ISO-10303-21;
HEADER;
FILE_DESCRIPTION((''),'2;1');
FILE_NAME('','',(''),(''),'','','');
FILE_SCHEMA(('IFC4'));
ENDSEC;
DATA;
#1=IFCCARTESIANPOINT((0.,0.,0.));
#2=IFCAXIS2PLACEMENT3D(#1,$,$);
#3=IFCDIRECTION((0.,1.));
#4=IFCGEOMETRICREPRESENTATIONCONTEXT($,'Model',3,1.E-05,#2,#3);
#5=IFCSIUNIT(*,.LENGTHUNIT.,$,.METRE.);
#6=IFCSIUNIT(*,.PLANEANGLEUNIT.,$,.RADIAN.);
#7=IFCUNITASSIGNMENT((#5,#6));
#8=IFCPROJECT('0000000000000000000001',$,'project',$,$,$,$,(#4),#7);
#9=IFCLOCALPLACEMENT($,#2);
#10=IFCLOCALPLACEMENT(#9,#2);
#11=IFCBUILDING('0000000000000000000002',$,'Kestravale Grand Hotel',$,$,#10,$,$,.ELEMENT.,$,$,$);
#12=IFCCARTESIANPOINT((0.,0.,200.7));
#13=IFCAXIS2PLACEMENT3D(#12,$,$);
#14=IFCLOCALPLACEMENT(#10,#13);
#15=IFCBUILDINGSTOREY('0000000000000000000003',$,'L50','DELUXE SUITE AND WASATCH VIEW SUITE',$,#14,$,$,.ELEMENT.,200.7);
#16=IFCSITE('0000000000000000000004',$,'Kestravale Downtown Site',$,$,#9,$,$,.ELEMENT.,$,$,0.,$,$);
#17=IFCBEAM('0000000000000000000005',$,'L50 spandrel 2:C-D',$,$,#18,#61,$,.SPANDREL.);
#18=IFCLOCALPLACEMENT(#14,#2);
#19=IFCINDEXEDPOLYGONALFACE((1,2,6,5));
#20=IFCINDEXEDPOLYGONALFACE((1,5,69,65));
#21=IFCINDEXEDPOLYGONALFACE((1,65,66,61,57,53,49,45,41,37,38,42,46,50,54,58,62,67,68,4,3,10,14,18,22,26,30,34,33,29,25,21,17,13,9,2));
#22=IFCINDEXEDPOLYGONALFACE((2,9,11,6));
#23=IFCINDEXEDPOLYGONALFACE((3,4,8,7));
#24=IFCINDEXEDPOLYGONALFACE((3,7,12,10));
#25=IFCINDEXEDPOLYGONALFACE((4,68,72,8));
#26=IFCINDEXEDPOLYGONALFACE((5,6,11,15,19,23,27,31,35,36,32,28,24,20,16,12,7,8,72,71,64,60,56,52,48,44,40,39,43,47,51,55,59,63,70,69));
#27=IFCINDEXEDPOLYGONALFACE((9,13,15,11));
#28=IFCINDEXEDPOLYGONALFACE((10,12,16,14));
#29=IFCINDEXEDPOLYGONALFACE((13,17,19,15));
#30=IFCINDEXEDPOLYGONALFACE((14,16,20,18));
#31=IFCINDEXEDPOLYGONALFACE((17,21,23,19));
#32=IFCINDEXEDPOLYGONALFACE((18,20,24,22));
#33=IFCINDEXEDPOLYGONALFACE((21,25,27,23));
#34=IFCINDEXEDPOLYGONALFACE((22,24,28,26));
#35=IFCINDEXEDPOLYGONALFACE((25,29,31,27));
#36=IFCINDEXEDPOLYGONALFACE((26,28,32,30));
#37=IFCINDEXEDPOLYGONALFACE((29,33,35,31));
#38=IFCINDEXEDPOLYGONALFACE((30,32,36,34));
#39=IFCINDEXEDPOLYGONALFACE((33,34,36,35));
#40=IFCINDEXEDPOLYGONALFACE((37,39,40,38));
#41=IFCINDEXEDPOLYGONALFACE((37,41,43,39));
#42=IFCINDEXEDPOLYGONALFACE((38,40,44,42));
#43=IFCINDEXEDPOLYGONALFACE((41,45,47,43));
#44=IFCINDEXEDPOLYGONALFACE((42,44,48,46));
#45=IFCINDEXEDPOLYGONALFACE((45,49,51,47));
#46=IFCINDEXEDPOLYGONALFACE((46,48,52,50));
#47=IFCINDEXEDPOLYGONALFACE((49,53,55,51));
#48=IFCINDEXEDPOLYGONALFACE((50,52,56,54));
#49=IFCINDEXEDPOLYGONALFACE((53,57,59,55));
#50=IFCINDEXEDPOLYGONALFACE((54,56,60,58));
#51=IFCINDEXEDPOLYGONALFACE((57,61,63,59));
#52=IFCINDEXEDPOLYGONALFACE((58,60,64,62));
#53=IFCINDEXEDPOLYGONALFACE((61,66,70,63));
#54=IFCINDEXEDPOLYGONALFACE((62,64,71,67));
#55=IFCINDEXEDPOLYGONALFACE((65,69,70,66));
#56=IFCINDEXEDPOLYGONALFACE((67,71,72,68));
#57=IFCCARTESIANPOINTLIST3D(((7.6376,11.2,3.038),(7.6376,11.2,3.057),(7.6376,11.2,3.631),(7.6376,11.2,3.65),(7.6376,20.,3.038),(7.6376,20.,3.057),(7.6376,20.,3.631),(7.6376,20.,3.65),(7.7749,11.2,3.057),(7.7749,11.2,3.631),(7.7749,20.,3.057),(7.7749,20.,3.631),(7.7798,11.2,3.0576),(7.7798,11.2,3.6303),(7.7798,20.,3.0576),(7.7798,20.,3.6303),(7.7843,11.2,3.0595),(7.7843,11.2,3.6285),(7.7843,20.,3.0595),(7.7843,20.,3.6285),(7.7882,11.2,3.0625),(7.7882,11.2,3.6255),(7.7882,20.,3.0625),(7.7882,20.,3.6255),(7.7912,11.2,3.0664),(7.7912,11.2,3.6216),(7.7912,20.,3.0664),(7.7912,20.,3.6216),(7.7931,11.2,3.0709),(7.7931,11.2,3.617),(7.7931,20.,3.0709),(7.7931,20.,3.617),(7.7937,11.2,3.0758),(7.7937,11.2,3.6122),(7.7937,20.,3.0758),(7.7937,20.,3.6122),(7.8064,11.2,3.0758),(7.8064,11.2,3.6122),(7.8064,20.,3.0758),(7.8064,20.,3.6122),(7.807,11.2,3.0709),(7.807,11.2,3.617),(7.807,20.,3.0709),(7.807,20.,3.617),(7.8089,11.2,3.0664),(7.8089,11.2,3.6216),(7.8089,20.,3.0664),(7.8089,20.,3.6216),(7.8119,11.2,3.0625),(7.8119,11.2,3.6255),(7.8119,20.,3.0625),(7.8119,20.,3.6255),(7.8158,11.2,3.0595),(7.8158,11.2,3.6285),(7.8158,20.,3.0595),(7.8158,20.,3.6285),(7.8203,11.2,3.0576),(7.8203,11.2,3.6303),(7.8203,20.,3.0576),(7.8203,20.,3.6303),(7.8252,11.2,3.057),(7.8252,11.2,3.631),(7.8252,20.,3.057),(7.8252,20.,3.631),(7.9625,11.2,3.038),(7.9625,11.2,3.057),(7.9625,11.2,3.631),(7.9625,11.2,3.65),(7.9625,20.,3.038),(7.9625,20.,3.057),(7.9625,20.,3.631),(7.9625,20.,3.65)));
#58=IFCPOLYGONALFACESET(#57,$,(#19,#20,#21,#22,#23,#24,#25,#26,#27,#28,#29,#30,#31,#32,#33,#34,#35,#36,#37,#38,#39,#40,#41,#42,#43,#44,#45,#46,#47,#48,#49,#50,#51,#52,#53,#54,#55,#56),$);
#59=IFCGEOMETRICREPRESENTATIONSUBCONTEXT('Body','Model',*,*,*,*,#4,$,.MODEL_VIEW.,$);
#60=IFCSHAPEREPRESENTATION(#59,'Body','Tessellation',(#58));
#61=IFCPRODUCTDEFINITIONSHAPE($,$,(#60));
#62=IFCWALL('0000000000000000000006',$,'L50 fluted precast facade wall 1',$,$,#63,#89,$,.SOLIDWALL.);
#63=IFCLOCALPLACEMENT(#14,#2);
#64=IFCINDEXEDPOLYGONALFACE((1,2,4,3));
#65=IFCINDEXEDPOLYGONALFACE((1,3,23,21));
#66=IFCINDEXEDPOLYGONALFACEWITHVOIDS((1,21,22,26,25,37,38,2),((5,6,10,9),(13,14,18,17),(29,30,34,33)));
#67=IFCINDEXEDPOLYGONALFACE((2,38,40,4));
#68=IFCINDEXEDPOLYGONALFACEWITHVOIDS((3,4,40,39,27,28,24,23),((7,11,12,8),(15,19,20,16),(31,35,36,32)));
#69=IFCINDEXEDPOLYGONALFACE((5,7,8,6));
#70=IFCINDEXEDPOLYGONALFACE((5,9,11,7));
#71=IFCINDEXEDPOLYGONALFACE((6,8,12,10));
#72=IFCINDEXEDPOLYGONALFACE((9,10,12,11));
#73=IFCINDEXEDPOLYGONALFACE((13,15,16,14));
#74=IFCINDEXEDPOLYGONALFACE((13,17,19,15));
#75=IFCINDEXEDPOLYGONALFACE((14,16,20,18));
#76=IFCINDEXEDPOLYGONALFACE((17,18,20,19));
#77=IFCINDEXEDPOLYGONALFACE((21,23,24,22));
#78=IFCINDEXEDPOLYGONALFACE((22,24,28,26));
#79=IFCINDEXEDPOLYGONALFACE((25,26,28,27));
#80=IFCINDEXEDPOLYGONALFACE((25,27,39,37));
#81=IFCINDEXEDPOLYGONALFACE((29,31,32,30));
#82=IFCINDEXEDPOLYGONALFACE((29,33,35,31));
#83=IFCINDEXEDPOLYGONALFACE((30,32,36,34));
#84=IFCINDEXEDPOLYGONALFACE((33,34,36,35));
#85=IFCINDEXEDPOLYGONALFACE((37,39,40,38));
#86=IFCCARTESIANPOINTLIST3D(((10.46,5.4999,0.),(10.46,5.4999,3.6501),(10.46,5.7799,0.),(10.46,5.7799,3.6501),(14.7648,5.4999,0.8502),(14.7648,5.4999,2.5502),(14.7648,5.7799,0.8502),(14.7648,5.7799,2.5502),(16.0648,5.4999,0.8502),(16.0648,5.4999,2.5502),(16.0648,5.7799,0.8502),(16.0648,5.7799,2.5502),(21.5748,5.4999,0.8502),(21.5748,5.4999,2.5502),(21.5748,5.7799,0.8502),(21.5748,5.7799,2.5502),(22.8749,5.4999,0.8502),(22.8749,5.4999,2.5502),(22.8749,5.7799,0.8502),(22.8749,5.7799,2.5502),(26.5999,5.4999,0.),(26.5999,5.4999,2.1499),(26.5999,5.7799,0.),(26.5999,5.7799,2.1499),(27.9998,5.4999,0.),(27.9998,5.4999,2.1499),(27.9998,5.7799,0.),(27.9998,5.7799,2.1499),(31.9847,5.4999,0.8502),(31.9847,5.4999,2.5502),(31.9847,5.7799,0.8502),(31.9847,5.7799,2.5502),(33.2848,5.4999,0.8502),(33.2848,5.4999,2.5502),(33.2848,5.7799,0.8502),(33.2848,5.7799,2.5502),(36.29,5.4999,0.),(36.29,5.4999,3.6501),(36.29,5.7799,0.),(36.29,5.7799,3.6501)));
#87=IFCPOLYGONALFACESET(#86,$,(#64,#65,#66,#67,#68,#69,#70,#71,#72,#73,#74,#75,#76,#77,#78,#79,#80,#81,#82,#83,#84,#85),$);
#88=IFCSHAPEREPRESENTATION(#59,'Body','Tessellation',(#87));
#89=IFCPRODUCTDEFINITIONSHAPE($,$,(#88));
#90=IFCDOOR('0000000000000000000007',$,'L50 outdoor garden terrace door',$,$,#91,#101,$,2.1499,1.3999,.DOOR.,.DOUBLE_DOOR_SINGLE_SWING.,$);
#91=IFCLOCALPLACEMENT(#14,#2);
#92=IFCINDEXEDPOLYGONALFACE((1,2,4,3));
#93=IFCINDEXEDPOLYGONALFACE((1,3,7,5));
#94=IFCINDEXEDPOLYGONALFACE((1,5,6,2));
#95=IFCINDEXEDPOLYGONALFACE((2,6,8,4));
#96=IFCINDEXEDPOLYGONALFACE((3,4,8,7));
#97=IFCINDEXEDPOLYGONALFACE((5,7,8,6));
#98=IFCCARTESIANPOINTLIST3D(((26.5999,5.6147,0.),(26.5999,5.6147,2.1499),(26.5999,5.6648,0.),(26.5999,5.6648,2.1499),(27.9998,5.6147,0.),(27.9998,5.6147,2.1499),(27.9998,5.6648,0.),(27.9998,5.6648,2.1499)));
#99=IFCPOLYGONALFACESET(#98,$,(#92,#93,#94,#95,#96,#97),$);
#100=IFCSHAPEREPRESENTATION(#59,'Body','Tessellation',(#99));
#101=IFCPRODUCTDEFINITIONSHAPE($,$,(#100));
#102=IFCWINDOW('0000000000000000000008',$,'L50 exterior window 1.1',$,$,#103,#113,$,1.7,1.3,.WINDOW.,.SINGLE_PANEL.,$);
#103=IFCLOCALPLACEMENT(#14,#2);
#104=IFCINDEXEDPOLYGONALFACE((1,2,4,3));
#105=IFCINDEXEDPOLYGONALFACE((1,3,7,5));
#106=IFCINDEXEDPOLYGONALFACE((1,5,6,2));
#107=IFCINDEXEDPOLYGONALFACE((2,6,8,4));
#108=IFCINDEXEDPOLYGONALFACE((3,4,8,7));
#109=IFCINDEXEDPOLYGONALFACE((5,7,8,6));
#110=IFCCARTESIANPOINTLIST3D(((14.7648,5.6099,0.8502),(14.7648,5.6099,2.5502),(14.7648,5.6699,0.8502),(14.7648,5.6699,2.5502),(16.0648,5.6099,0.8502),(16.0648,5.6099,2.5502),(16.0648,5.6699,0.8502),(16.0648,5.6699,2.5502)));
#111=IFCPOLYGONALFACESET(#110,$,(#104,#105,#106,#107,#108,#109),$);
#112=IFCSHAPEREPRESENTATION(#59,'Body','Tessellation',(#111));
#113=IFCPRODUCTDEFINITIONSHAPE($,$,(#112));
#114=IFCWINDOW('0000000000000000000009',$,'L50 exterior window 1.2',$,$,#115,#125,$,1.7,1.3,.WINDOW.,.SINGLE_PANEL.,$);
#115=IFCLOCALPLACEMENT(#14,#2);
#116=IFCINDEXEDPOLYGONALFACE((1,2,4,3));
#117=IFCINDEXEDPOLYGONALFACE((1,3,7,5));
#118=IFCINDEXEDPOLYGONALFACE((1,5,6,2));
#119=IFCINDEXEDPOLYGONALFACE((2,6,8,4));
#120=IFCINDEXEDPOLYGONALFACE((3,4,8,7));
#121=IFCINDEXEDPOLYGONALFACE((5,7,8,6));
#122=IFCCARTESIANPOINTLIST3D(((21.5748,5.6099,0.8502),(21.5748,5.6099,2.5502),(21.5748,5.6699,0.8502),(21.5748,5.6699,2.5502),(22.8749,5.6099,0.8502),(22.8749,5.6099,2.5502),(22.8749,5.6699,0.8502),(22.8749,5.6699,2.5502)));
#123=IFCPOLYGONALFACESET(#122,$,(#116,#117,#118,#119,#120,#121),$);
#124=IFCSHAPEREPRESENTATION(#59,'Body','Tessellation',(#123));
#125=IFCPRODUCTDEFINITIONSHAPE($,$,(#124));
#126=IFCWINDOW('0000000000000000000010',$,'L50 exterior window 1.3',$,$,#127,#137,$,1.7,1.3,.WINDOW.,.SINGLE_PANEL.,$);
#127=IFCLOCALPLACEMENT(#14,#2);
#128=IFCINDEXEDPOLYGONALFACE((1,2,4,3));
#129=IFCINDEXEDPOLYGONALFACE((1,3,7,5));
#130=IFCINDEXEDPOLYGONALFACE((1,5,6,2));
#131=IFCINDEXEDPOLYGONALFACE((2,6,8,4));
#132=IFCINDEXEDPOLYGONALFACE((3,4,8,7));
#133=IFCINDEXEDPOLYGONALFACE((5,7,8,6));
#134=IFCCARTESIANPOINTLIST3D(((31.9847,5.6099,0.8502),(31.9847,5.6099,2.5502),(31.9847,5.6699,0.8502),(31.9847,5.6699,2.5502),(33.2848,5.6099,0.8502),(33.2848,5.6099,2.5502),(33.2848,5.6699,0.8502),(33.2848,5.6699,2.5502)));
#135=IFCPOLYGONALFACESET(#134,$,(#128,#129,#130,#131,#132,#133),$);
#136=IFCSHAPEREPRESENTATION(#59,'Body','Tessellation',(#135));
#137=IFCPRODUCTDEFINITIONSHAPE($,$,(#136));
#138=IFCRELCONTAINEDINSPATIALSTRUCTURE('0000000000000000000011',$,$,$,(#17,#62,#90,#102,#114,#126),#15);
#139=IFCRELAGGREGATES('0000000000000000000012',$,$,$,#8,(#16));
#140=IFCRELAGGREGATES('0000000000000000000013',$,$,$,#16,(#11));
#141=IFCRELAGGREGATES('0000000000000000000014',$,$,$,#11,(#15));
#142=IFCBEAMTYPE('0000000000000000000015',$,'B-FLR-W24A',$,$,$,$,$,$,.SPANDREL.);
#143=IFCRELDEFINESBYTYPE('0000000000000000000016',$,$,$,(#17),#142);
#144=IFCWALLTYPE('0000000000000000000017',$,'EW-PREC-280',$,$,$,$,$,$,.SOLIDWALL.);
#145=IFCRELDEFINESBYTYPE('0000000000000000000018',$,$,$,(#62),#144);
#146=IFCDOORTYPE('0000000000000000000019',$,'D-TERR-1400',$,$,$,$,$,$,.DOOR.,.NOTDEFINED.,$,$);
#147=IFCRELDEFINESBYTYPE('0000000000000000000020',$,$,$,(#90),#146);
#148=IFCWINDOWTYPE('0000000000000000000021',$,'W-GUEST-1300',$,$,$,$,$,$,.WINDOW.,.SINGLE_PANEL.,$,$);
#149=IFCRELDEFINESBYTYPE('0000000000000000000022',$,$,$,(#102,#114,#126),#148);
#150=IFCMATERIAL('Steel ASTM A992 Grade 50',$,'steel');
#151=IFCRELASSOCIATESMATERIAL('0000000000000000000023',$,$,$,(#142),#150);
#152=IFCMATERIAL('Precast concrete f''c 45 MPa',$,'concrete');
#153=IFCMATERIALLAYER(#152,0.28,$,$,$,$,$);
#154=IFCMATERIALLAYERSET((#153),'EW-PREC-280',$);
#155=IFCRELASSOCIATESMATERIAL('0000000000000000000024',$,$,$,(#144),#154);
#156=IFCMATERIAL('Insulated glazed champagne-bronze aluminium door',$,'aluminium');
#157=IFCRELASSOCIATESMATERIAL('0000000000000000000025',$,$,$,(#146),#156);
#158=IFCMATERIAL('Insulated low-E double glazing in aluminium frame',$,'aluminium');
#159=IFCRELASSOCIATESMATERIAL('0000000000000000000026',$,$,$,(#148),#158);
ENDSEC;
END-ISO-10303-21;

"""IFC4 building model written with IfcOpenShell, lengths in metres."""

from ifc_helpers import new_model, si_unit, direction, frame, frame_2d, origin, origin_2d, place, context, subcontext, project, spatial, rectangle, i_section, extrude, material, layer, layer_set, material_profile, profile_set, type_object, element, fill, save


model = new_model("IFC4")

# Units and contexts
model_context = context("Model", 3, precision=1e-05, world=origin(), true_north=direction((0.0, 1.0)))
body_context = subcontext(model_context, "Body", "Model", "MODEL_VIEW")
ifc_project = project(units=[si_unit("LENGTHUNIT", "METRE"), si_unit("PLANEANGLEUNIT", "RADIAN")], contexts=[model_context])

# Site, building, storey
site_placement = place(None, origin())
site = spatial("IfcSite", under=ifc_project, at=site_placement, Name="Kestravale Downtown Site", CompositionType="ELEMENT", RefElevation=0.0)
building_placement = place(site_placement, origin())
building = spatial("IfcBuilding", under=site, at=building_placement, Name="Kestravale Grand Hotel", CompositionType="ELEMENT")
storey_placement = place(building_placement, frame((0.0, 0.0, 200.7)))
storey = spatial("IfcBuildingStorey", under=building, at=storey_placement, Name="L50", Description="DELUXE SUITE AND WASATCH VIEW SUITE", CompositionType="ELEMENT", Elevation=200.7)

# Beam
ifc_material_1 = material(Name="Steel ASTM A992 Grade 50", Category="steel")
ifc_material_profile = material_profile(ifc_material_1, i_section(OverallWidth=0.325, OverallDepth=0.6121, WebThickness=0.0127, FlangeThickness=0.019, FilletRadius=0.0188, at=origin_2d()))
ifc_profile_set = profile_set([ifc_material_profile], Name="Steel ASTM A992 Grade 50")
beam_type = type_object("IfcBeamType", Name="B-FLR-W24A", PredefinedType="SPANDREL", material=ifc_profile_set)
beam_placement = place(storey_placement, frame((7.8, 11.2, 3.344), z_axis=(0.0, 1.0, 0.0), x_axis=(-1.0, 0.0, 0.0)))
element("IfcBeam", 1, at=beam_placement, inside=storey, type_object=beam_type, Name="L50 spandrel 2:C-D", PredefinedType="SPANDREL", context=body_context, shape_type="SweptSolid", body=[
    extrude(i_section(OverallWidth=0.325, OverallDepth=0.6121, WebThickness=0.0127, FlangeThickness=0.019, FilletRadius=0.0188, at=origin_2d()), origin(), (0.0, 0.0, 1.0), 8.8),
])

# Wall, openings, door, windows
ifc_material_2 = material(Name="Precast concrete f'c 45 MPa", Category="concrete")
ifc_layer_1 = layer(ifc_material_2, 0.28)
ifc_layer_set_1 = layer_set([ifc_layer_1], Name="EW-PREC-280")
wall_type_1 = type_object("IfcWallType", Name="EW-PREC-280", PredefinedType="SOLIDWALL", material=ifc_layer_set_1)
wall_1_placement = place(storey_placement, frame((10.46, 5.6399, 0.0), z_axis=(0.0, 0.0, 1.0), x_axis=(1.0, 0.0, 0.0)))
wall_1 = element("IfcWall", 2, at=wall_1_placement, inside=storey, type_object=wall_type_1, Name="L50 fluted precast facade wall 1", PredefinedType="SOLIDWALL", context=body_context, shape_type="SweptSolid", body=[
    extrude(rectangle(XDim=25.8301, YDim=0.28, at=frame_2d((12.915, 0.0))), origin(), (0.0, 0.0, 1.0), 3.6501),
])
opening_1_placement = place(wall_1_placement, frame((16.1399, 0.0, 0.0)))
opening_1 = element("IfcOpeningElement", 3, at=opening_1_placement, cuts=wall_1, PredefinedType="OPENING", context=body_context, shape_type="SweptSolid", body=[
    extrude(rectangle(XDim=1.3999, YDim=2.1499, at=frame_2d((0.7, 1.075))), frame((0.0, 0.1499, 0.0), z_axis=(0.0, -1.0, 0.0), x_axis=(1.0, 0.0, 0.0)), (0.0, 0.0, 1.0), 0.3),
])
opening_2_placement = place(wall_1_placement, frame((4.3049, 0.0, 0.8501)))
opening_2 = element("IfcOpeningElement", 4, at=opening_2_placement, cuts=wall_1, PredefinedType="OPENING", context=body_context, shape_type="SweptSolid", body=[
    extrude(rectangle(XDim=1.3, YDim=1.7, at=frame_2d((0.6499, 0.8501))), frame((0.0, 0.1499, 0.0), z_axis=(0.0, -1.0, 0.0), x_axis=(1.0, 0.0, 0.0)), (0.0, 0.0, 1.0), 0.3),
])
opening_3_placement = place(wall_1_placement, frame((11.115, 0.0, 0.8501)))
opening_3 = element("IfcOpeningElement", 5, at=opening_3_placement, cuts=wall_1, PredefinedType="OPENING", context=body_context, shape_type="SweptSolid", body=[
    extrude(rectangle(XDim=1.3, YDim=1.7, at=frame_2d((0.6499, 0.8501))), frame((0.0, 0.1499, 0.0), z_axis=(0.0, -1.0, 0.0), x_axis=(1.0, 0.0, 0.0)), (0.0, 0.0, 1.0), 0.3),
])
opening_4_placement = place(wall_1_placement, frame((21.5249, 0.0, 0.8501)))
opening_4 = element("IfcOpeningElement", 6, at=opening_4_placement, cuts=wall_1, PredefinedType="OPENING", context=body_context, shape_type="SweptSolid", body=[
    extrude(rectangle(XDim=1.3, YDim=1.7, at=frame_2d((0.6499, 0.8501))), frame((0.0, 0.1499, 0.0), z_axis=(0.0, -1.0, 0.0), x_axis=(1.0, 0.0, 0.0)), (0.0, 0.0, 1.0), 0.3),
])
ifc_material_3 = material(Name="Insulated glazed champagne-bronze aluminium door", Category="aluminium")
door_type_1 = type_object("IfcDoorType", Name="D-TERR-1400", OperationType="NOTDEFINED", PredefinedType="DOOR", material=ifc_material_3)
door_1_placement = place(opening_1_placement, origin())
door_1 = element("IfcDoor", 7, at=door_1_placement, inside=storey, type_object=door_type_1, Name="L50 outdoor garden terrace door", OperationType="DOUBLE_DOOR_SINGLE_SWING", OverallHeight=2.1499, OverallWidth=1.3999, PredefinedType="DOOR", context=body_context, shape_type="SweptSolid", body=[
    extrude(rectangle(XDim=1.3999, YDim=2.1499, at=frame_2d((0.7, 1.075))), frame((0.0, 0.0249, 0.0), z_axis=(0.0, -1.0, 0.0), x_axis=(1.0, 0.0, 0.0)), (0.0, 0.0, 1.0), 0.05),
])
fill(opening_1, door_1)
ifc_material_4 = material(Name="Insulated low-E double glazing in aluminium frame", Category="aluminium")
window_type = type_object("IfcWindowType", Name="W-GUEST-1300", PartitioningType="SINGLE_PANEL", PredefinedType="WINDOW", material=ifc_material_4)
window_1_placement = place(opening_2_placement, origin())
window_1 = element("IfcWindow", 8, at=window_1_placement, inside=storey, type_object=window_type, Name="L50 exterior window 1.1", OverallHeight=1.7, OverallWidth=1.3, PartitioningType="SINGLE_PANEL", PredefinedType="WINDOW", context=body_context, shape_type="SweptSolid", body=[
    extrude(rectangle(XDim=1.3, YDim=1.7, at=frame_2d((0.6499, 0.8501))), frame((0.0, 0.03, 0.0), z_axis=(0.0, -1.0, 0.0), x_axis=(1.0, 0.0, 0.0)), (0.0, 0.0, 1.0), 0.0601),
])
fill(opening_2, window_1)
window_2_placement = place(opening_3_placement, origin())
window_2 = element("IfcWindow", 9, at=window_2_placement, inside=storey, type_object=window_type, Name="L50 exterior window 1.2", OverallHeight=1.7, OverallWidth=1.3, PartitioningType="SINGLE_PANEL", PredefinedType="WINDOW", context=body_context, shape_type="SweptSolid", body=[
    extrude(rectangle(XDim=1.3, YDim=1.7, at=frame_2d((0.6499, 0.8501))), frame((0.0, 0.03, 0.0), z_axis=(0.0, -1.0, 0.0), x_axis=(1.0, 0.0, 0.0)), (0.0, 0.0, 1.0), 0.0601),
])
fill(opening_3, window_2)
window_3_placement = place(opening_4_placement, origin())
window_3 = element("IfcWindow", 10, at=window_3_placement, inside=storey, type_object=window_type, Name="L50 exterior window 1.3", OverallHeight=1.7, OverallWidth=1.3, PartitioningType="SINGLE_PANEL", PredefinedType="WINDOW", context=body_context, shape_type="SweptSolid", body=[
    extrude(rectangle(XDim=1.3, YDim=1.7, at=frame_2d((0.6499, 0.8501))), frame((0.0, 0.03, 0.0), z_axis=(0.0, -1.0, 0.0), x_axis=(1.0, 0.0, 0.0)), (0.0, 0.0, 1.0), 0.0601),
])
fill(opening_4, window_3)

save(model, "model.ifc")
